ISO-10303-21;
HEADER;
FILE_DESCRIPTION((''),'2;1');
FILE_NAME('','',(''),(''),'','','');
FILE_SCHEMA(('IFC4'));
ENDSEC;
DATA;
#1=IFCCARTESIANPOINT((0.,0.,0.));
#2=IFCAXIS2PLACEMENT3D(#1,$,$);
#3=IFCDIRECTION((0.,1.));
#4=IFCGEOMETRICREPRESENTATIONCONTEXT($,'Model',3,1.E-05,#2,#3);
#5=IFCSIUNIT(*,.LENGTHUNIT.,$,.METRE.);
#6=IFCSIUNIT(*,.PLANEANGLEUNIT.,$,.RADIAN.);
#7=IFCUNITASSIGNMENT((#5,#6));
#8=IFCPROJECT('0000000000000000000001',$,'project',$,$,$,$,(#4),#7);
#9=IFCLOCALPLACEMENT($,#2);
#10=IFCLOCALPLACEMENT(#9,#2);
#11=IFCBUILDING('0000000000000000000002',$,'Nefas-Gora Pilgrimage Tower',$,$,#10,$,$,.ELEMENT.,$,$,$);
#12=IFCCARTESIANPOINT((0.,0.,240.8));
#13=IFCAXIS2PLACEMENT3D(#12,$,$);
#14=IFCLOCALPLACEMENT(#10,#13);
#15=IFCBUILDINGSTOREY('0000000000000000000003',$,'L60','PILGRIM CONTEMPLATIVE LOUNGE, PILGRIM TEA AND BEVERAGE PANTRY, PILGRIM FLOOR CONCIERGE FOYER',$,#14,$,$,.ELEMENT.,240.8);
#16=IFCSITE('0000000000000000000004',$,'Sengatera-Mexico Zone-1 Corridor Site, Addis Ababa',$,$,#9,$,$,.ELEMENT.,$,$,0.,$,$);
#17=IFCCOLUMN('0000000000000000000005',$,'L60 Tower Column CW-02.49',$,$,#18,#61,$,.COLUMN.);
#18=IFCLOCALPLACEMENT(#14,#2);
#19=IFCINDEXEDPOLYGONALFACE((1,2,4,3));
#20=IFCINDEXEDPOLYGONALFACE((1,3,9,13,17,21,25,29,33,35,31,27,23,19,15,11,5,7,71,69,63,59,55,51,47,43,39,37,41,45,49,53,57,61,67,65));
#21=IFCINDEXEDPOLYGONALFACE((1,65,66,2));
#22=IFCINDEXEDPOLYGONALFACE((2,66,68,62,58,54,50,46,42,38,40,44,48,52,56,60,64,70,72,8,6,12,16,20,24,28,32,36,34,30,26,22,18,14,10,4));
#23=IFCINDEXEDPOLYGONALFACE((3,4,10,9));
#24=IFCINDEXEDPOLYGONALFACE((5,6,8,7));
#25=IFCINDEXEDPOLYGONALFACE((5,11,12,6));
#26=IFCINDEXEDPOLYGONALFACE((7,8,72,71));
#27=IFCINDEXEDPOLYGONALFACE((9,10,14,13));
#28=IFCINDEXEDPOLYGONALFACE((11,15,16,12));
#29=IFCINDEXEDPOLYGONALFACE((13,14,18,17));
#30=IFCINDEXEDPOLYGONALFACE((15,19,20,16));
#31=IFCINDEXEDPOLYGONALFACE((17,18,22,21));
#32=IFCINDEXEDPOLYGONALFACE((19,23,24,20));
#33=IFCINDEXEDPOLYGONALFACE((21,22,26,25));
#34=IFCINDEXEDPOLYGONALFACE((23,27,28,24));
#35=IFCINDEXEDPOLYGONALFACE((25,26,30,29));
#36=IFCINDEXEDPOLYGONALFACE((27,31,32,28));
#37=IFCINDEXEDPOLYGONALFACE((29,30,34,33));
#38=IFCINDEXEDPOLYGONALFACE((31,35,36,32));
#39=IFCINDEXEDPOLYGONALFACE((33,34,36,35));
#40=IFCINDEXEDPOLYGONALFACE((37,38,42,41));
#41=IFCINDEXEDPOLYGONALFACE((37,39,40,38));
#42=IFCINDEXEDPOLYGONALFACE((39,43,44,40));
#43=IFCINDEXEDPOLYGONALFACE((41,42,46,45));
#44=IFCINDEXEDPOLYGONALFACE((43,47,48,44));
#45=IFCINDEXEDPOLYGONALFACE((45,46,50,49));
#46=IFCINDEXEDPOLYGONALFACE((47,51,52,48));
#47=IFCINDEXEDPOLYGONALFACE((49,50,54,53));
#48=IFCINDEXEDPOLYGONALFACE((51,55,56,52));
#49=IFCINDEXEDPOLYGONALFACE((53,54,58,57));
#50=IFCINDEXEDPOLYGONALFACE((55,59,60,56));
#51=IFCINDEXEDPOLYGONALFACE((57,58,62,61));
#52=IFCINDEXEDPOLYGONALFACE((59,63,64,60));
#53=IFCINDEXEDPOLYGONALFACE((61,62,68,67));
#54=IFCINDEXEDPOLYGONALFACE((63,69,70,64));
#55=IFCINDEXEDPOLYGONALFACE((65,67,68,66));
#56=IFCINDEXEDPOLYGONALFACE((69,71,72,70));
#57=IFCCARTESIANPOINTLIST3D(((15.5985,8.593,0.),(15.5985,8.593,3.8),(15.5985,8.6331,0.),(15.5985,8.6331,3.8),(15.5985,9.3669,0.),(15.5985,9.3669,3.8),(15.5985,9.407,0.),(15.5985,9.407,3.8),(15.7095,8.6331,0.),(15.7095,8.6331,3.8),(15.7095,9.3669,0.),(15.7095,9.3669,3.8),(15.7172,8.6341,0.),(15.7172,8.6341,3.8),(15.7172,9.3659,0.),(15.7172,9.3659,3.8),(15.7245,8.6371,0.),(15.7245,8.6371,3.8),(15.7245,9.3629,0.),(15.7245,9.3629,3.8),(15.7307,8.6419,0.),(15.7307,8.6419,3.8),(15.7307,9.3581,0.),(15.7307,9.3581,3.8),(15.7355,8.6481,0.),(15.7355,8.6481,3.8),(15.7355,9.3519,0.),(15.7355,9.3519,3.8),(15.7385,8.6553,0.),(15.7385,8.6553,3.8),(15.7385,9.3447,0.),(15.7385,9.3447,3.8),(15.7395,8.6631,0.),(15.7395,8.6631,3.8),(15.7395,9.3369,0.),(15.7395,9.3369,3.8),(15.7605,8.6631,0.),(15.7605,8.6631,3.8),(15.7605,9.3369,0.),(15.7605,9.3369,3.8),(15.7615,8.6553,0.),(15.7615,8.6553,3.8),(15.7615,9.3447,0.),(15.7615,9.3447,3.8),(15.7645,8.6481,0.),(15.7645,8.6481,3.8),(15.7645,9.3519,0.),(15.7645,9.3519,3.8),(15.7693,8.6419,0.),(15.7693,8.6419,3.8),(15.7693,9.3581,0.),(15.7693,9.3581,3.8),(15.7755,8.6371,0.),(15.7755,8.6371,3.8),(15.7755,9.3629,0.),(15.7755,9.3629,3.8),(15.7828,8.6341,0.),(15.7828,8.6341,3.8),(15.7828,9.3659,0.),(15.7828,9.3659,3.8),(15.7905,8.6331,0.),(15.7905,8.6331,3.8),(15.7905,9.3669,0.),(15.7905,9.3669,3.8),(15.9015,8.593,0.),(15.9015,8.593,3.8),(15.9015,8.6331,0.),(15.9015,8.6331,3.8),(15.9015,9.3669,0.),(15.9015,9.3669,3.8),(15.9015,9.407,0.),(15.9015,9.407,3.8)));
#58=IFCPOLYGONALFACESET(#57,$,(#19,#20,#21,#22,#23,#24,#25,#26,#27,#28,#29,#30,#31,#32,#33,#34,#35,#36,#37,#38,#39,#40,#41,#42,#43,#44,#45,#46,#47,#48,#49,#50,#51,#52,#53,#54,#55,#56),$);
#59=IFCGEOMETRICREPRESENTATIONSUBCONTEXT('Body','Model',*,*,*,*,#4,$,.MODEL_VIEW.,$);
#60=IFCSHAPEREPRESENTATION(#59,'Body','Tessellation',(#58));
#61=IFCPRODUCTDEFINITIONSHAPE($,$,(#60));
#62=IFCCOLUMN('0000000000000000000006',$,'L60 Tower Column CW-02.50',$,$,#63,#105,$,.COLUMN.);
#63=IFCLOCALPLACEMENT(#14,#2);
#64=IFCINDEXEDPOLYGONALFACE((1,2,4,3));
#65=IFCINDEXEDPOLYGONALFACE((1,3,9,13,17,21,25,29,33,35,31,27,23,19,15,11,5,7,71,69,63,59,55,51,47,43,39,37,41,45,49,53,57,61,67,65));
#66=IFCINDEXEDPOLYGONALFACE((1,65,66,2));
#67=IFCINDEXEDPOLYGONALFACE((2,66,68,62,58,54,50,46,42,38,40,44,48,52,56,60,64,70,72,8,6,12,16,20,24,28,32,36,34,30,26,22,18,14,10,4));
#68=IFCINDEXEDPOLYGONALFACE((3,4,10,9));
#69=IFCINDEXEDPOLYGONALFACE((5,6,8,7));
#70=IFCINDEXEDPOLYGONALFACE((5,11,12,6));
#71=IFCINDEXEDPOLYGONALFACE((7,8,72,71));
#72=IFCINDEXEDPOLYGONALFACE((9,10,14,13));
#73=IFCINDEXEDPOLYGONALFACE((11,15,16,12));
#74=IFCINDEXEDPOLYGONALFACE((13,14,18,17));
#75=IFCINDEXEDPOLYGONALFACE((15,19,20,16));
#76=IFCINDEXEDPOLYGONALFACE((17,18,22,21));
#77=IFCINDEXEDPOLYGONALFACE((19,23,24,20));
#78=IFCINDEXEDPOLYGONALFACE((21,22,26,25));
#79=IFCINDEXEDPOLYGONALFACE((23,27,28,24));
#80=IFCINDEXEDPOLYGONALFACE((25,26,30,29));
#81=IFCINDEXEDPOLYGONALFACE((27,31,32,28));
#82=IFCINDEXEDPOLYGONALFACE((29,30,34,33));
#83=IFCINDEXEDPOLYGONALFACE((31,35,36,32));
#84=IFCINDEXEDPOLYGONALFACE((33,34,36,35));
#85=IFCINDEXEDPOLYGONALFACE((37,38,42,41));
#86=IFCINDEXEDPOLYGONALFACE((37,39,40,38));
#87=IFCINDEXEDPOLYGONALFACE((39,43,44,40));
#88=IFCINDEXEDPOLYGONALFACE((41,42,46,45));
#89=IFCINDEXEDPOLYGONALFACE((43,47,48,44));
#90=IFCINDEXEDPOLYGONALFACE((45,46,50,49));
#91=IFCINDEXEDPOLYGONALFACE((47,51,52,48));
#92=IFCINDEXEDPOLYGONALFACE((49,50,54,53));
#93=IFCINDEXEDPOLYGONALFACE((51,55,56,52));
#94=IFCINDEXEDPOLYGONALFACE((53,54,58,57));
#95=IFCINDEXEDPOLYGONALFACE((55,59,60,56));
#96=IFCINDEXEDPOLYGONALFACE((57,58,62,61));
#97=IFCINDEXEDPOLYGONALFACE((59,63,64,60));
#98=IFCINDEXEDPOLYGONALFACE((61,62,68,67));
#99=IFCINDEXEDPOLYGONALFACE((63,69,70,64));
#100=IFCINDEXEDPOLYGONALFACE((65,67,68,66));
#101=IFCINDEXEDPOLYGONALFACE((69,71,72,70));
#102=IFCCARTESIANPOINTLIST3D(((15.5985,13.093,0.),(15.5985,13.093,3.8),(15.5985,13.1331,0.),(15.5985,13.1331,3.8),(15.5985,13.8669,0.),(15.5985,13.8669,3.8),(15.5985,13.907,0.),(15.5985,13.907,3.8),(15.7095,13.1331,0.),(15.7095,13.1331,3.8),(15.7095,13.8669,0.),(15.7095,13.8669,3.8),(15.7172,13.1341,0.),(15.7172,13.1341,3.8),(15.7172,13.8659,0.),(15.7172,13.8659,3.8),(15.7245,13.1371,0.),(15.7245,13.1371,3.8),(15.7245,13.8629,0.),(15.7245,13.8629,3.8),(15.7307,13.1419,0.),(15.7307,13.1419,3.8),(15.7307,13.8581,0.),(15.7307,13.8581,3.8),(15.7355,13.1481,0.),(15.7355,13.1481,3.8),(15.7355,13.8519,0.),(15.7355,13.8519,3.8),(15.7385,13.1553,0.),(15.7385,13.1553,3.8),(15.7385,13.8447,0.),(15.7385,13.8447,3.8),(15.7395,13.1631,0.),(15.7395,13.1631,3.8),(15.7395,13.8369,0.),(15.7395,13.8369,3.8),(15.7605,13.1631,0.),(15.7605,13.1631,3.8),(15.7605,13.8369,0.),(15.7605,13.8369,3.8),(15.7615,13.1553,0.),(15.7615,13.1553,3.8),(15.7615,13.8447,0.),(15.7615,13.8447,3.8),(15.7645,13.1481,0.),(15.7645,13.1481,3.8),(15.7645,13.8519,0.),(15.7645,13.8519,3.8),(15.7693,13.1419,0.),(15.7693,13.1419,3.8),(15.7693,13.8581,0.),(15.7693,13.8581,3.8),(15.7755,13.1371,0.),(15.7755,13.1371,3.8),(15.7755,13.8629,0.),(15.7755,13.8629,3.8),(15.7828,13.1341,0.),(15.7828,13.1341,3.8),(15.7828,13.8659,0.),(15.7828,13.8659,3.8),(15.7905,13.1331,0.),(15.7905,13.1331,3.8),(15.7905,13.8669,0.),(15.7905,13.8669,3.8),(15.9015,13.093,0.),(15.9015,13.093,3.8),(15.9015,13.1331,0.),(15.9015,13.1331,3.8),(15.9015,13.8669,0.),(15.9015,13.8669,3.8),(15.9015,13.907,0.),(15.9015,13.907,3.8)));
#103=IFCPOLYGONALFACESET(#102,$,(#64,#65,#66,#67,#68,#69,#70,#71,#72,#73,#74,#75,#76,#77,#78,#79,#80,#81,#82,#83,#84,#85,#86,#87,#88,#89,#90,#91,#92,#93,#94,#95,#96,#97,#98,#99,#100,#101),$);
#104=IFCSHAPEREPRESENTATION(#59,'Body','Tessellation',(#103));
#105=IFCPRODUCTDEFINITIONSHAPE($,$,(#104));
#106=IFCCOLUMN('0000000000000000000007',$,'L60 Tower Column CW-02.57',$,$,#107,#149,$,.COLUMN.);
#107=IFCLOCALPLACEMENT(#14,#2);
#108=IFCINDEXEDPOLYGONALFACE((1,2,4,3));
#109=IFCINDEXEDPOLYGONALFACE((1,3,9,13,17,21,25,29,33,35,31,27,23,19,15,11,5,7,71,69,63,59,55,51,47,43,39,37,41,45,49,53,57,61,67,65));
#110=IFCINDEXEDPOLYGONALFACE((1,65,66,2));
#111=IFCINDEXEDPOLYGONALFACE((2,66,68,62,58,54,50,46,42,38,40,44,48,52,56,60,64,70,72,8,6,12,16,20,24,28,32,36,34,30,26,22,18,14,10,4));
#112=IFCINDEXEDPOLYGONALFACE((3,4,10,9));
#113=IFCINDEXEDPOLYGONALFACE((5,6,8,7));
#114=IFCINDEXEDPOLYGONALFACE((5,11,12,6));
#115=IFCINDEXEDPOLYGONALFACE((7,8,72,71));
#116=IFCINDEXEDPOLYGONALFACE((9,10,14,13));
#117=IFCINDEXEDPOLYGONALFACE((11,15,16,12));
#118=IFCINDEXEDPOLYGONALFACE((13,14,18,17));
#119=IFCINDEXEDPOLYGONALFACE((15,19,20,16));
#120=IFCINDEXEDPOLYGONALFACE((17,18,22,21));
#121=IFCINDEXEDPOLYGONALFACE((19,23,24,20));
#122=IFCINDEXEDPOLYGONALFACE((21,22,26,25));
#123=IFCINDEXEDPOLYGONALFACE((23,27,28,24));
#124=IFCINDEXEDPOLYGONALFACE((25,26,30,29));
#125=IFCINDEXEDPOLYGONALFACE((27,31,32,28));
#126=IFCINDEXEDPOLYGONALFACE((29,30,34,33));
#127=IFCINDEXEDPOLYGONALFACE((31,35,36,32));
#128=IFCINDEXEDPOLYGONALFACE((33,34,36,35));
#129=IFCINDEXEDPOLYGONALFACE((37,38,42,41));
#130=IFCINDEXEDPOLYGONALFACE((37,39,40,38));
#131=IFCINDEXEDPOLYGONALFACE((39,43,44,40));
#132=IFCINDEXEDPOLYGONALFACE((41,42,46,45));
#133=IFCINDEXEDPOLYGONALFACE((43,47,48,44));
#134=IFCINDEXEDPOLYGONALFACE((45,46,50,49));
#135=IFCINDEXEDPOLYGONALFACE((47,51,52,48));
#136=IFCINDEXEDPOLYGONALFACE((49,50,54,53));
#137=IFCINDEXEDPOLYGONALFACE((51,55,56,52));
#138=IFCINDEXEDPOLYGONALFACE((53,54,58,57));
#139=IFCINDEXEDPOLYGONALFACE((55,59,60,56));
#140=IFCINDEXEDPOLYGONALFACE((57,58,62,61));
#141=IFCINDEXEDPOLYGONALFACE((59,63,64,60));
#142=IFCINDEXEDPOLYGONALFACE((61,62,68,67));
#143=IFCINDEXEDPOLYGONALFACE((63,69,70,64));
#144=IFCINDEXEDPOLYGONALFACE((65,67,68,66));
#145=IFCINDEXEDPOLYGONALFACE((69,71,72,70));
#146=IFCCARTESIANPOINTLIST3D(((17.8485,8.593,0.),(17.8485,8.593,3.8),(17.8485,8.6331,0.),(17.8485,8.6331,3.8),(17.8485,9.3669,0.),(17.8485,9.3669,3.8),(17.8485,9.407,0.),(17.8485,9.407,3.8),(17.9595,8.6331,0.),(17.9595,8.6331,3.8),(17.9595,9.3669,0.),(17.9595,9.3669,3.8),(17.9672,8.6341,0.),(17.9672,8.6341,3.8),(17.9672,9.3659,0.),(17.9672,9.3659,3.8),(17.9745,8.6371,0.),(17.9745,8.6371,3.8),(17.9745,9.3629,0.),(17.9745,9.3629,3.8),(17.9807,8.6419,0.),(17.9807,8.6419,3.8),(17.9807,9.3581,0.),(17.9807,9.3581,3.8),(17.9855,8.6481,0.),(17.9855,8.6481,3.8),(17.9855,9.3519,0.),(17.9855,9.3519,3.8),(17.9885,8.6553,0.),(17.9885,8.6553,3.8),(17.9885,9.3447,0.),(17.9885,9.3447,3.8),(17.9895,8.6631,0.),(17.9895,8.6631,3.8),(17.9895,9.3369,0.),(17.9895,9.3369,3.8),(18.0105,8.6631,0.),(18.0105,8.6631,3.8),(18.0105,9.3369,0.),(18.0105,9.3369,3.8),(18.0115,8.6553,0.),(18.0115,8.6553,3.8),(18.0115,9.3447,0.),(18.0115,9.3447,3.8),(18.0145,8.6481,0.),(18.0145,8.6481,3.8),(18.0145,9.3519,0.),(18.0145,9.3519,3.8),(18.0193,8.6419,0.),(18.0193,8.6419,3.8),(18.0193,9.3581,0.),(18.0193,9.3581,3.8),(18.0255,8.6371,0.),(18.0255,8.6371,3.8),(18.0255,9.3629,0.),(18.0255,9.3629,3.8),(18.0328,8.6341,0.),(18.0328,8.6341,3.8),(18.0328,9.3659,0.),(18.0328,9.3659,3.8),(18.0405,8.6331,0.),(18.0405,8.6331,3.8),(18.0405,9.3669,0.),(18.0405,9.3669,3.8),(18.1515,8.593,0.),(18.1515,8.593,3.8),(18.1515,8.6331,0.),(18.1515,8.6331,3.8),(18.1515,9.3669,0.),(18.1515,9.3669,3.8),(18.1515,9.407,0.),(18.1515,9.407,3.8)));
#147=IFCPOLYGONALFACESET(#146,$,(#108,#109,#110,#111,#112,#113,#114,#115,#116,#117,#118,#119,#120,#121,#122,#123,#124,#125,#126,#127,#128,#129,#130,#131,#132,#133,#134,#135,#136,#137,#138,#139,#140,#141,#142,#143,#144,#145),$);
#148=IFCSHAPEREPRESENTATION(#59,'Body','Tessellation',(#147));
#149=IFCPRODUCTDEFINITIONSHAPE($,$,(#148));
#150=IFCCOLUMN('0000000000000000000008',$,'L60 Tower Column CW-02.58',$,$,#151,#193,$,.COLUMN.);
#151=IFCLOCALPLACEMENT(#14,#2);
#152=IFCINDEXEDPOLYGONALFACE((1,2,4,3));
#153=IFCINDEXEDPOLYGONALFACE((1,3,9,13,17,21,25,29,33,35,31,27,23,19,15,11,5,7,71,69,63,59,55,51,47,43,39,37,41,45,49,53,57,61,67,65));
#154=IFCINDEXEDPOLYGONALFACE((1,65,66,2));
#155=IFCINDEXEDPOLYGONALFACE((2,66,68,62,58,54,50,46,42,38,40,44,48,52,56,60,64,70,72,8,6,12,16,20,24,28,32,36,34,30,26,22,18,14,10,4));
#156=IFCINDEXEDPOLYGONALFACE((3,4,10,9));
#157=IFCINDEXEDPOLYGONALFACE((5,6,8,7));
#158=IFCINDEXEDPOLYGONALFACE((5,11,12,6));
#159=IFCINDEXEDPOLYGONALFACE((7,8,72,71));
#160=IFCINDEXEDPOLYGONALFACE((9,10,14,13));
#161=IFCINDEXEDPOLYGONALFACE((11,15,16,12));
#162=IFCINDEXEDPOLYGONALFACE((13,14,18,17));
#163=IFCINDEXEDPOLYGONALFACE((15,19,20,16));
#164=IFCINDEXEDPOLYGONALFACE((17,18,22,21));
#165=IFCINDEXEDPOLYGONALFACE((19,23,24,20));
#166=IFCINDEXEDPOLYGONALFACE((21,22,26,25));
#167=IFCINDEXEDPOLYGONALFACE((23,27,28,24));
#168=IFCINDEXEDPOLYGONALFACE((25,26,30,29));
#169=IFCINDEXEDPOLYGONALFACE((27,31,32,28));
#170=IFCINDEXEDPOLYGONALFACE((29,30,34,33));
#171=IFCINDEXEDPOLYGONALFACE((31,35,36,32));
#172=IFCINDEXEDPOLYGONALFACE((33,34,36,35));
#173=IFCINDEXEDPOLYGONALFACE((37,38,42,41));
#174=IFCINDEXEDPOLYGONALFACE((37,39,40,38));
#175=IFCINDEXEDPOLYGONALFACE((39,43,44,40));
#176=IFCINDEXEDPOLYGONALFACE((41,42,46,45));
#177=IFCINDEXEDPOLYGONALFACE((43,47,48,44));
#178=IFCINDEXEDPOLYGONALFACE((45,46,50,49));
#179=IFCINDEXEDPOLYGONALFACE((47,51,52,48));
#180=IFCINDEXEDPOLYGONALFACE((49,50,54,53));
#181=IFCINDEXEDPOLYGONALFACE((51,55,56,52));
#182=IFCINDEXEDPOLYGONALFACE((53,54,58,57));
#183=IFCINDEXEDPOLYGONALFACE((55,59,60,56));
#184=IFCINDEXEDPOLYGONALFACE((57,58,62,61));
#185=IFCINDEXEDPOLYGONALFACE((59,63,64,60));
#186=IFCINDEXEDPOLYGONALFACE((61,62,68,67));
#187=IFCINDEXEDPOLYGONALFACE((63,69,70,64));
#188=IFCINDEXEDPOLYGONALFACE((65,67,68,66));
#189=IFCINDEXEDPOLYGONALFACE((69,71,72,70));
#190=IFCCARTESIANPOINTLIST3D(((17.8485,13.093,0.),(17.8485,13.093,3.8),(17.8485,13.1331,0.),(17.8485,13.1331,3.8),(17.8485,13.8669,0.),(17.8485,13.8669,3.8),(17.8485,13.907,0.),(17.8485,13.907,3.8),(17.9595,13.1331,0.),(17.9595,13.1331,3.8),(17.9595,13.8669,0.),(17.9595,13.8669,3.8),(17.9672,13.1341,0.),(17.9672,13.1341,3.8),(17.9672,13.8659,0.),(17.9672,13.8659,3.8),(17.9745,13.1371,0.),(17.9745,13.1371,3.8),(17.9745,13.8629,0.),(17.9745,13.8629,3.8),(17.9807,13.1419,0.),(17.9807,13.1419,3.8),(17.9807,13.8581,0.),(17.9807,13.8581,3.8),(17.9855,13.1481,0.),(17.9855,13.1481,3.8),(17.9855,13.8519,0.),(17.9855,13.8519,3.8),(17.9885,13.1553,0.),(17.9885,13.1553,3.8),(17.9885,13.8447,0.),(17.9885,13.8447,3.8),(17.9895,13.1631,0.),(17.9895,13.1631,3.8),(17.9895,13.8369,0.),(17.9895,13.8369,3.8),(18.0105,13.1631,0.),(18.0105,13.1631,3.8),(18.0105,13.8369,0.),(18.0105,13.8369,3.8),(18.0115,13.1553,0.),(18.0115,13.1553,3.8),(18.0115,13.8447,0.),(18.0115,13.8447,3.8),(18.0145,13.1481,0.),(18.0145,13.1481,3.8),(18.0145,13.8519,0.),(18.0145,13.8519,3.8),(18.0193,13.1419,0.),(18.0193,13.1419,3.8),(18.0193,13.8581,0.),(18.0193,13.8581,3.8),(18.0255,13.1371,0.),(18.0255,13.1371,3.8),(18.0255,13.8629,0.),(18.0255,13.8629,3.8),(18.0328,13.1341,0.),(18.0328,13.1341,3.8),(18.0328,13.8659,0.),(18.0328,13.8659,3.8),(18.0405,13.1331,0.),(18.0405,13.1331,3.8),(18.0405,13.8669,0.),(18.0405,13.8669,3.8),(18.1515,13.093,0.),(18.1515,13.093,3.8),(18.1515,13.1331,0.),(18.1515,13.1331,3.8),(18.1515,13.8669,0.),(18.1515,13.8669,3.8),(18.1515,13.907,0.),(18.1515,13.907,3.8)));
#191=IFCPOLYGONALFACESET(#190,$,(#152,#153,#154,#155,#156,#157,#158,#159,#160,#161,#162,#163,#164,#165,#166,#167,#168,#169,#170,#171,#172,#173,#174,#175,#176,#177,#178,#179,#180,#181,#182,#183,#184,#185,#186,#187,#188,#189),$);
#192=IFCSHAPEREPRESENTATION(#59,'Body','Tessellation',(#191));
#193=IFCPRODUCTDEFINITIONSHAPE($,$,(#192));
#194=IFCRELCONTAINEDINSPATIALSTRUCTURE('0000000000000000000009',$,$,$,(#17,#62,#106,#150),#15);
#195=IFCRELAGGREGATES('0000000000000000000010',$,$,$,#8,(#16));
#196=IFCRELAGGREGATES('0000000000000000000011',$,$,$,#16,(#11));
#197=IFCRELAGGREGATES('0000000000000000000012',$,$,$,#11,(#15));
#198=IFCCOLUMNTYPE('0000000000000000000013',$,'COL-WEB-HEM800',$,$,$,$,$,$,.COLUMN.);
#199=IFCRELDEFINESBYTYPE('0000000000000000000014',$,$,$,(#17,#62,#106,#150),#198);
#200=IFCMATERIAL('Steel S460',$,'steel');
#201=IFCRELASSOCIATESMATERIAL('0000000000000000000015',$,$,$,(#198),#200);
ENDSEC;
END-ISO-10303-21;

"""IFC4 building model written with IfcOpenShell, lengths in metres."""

from ifc_helpers import new_model, si_unit, direction, frame, origin, origin_2d, place, context, subcontext, project, spatial, i_section, extrude, source, transform, mapped, material, material_profile, profile_set, type_object, element, save


model = new_model("IFC4")

# Units and contexts
model_context = context("Model", 3, precision=1e-05, world=origin(), true_north=direction((0.0, 1.0)))
body_context = subcontext(model_context, "Body", "Model", "MODEL_VIEW")
ifc_project = project(units=[si_unit("LENGTHUNIT", "METRE"), si_unit("PLANEANGLEUNIT", "RADIAN")], contexts=[model_context])

# Site, building, storey
site_placement = place(None, origin())
site = spatial("IfcSite", under=ifc_project, at=site_placement, Name="Sengatera-Mexico Zone-1 Corridor Site, Addis Ababa", CompositionType="ELEMENT", RefElevation=0.0)
building_placement = place(site_placement, origin())
building = spatial("IfcBuilding", under=site, at=building_placement, Name="Nefas-Gora Pilgrimage Tower", CompositionType="ELEMENT")
storey_placement = place(building_placement, frame((0.0, 0.0, 240.8)))
storey = spatial("IfcBuildingStorey", under=building, at=storey_placement, Name="L60", Description="PILGRIM CONTEMPLATIVE LOUNGE, PILGRIM TEA AND BEVERAGE PANTRY, PILGRIM FLOOR CONCIERGE FOYER", CompositionType="ELEMENT", Elevation=240.8)

# Columns
ifc_material_1 = material(Name="Steel S460", Category="steel")
ifc_material_profile_1 = material_profile(ifc_material_1, i_section(OverallWidth=0.303, OverallDepth=0.814, WebThickness=0.021, FlangeThickness=0.04, FilletRadius=0.03, at=origin_2d()), Name="HEM 800")
ifc_profile_set_1 = profile_set([ifc_material_profile_1], Name="Steel S460")
column_type_1 = type_object("IfcColumnType", Name="COL-WEB-HEM800", PredefinedType="COLUMN", material=ifc_profile_set_1)
shared_shape_1 = source(origin(), body_context, "Body", "SweptSolid", [
    extrude(i_section(OverallWidth=0.303, OverallDepth=0.814, WebThickness=0.021, FlangeThickness=0.04, FilletRadius=0.03, at=origin_2d()), origin(), (0.0, 0.0, 1.0), 3.8),
])
for number, where, z_axis, x_axis, name in (
    (1, (15.75, 9.0, 0.0), (0.0, 0.0, 1.0), (1.0, 0.0, 0.0), "L60 Tower Column CW-02.49"),
    (2, (15.75, 13.5, 0.0), (0.0, 0.0, 1.0), (1.0, 0.0, 0.0), "L60 Tower Column CW-02.50"),
    (3, (18.0, 9.0, 0.0), (0.0, 0.0, 1.0), (1.0, 0.0, 0.0), "L60 Tower Column CW-02.57"),
    (4, (18.0, 13.5, 0.0), (0.0, 0.0, 1.0), (1.0, 0.0, 0.0), "L60 Tower Column CW-02.58"),
):
    element("IfcColumn", number, at=place(storey_placement, frame(where, z_axis=z_axis, x_axis=x_axis)), inside=storey, type_object=column_type_1, Name=name, PredefinedType="COLUMN", context=body_context, shape_type="MappedRepresentation", body=[
        mapped(shared_shape_1, transform((0.0, 0.0, 0.0), x_axis=(1.0, 0.0, 0.0), y_axis=(0.0, 1.0, 0.0), z_axis=(0.0, 0.0, 1.0), scale=1.0)),
    ])

save(model, "model.ifc")
